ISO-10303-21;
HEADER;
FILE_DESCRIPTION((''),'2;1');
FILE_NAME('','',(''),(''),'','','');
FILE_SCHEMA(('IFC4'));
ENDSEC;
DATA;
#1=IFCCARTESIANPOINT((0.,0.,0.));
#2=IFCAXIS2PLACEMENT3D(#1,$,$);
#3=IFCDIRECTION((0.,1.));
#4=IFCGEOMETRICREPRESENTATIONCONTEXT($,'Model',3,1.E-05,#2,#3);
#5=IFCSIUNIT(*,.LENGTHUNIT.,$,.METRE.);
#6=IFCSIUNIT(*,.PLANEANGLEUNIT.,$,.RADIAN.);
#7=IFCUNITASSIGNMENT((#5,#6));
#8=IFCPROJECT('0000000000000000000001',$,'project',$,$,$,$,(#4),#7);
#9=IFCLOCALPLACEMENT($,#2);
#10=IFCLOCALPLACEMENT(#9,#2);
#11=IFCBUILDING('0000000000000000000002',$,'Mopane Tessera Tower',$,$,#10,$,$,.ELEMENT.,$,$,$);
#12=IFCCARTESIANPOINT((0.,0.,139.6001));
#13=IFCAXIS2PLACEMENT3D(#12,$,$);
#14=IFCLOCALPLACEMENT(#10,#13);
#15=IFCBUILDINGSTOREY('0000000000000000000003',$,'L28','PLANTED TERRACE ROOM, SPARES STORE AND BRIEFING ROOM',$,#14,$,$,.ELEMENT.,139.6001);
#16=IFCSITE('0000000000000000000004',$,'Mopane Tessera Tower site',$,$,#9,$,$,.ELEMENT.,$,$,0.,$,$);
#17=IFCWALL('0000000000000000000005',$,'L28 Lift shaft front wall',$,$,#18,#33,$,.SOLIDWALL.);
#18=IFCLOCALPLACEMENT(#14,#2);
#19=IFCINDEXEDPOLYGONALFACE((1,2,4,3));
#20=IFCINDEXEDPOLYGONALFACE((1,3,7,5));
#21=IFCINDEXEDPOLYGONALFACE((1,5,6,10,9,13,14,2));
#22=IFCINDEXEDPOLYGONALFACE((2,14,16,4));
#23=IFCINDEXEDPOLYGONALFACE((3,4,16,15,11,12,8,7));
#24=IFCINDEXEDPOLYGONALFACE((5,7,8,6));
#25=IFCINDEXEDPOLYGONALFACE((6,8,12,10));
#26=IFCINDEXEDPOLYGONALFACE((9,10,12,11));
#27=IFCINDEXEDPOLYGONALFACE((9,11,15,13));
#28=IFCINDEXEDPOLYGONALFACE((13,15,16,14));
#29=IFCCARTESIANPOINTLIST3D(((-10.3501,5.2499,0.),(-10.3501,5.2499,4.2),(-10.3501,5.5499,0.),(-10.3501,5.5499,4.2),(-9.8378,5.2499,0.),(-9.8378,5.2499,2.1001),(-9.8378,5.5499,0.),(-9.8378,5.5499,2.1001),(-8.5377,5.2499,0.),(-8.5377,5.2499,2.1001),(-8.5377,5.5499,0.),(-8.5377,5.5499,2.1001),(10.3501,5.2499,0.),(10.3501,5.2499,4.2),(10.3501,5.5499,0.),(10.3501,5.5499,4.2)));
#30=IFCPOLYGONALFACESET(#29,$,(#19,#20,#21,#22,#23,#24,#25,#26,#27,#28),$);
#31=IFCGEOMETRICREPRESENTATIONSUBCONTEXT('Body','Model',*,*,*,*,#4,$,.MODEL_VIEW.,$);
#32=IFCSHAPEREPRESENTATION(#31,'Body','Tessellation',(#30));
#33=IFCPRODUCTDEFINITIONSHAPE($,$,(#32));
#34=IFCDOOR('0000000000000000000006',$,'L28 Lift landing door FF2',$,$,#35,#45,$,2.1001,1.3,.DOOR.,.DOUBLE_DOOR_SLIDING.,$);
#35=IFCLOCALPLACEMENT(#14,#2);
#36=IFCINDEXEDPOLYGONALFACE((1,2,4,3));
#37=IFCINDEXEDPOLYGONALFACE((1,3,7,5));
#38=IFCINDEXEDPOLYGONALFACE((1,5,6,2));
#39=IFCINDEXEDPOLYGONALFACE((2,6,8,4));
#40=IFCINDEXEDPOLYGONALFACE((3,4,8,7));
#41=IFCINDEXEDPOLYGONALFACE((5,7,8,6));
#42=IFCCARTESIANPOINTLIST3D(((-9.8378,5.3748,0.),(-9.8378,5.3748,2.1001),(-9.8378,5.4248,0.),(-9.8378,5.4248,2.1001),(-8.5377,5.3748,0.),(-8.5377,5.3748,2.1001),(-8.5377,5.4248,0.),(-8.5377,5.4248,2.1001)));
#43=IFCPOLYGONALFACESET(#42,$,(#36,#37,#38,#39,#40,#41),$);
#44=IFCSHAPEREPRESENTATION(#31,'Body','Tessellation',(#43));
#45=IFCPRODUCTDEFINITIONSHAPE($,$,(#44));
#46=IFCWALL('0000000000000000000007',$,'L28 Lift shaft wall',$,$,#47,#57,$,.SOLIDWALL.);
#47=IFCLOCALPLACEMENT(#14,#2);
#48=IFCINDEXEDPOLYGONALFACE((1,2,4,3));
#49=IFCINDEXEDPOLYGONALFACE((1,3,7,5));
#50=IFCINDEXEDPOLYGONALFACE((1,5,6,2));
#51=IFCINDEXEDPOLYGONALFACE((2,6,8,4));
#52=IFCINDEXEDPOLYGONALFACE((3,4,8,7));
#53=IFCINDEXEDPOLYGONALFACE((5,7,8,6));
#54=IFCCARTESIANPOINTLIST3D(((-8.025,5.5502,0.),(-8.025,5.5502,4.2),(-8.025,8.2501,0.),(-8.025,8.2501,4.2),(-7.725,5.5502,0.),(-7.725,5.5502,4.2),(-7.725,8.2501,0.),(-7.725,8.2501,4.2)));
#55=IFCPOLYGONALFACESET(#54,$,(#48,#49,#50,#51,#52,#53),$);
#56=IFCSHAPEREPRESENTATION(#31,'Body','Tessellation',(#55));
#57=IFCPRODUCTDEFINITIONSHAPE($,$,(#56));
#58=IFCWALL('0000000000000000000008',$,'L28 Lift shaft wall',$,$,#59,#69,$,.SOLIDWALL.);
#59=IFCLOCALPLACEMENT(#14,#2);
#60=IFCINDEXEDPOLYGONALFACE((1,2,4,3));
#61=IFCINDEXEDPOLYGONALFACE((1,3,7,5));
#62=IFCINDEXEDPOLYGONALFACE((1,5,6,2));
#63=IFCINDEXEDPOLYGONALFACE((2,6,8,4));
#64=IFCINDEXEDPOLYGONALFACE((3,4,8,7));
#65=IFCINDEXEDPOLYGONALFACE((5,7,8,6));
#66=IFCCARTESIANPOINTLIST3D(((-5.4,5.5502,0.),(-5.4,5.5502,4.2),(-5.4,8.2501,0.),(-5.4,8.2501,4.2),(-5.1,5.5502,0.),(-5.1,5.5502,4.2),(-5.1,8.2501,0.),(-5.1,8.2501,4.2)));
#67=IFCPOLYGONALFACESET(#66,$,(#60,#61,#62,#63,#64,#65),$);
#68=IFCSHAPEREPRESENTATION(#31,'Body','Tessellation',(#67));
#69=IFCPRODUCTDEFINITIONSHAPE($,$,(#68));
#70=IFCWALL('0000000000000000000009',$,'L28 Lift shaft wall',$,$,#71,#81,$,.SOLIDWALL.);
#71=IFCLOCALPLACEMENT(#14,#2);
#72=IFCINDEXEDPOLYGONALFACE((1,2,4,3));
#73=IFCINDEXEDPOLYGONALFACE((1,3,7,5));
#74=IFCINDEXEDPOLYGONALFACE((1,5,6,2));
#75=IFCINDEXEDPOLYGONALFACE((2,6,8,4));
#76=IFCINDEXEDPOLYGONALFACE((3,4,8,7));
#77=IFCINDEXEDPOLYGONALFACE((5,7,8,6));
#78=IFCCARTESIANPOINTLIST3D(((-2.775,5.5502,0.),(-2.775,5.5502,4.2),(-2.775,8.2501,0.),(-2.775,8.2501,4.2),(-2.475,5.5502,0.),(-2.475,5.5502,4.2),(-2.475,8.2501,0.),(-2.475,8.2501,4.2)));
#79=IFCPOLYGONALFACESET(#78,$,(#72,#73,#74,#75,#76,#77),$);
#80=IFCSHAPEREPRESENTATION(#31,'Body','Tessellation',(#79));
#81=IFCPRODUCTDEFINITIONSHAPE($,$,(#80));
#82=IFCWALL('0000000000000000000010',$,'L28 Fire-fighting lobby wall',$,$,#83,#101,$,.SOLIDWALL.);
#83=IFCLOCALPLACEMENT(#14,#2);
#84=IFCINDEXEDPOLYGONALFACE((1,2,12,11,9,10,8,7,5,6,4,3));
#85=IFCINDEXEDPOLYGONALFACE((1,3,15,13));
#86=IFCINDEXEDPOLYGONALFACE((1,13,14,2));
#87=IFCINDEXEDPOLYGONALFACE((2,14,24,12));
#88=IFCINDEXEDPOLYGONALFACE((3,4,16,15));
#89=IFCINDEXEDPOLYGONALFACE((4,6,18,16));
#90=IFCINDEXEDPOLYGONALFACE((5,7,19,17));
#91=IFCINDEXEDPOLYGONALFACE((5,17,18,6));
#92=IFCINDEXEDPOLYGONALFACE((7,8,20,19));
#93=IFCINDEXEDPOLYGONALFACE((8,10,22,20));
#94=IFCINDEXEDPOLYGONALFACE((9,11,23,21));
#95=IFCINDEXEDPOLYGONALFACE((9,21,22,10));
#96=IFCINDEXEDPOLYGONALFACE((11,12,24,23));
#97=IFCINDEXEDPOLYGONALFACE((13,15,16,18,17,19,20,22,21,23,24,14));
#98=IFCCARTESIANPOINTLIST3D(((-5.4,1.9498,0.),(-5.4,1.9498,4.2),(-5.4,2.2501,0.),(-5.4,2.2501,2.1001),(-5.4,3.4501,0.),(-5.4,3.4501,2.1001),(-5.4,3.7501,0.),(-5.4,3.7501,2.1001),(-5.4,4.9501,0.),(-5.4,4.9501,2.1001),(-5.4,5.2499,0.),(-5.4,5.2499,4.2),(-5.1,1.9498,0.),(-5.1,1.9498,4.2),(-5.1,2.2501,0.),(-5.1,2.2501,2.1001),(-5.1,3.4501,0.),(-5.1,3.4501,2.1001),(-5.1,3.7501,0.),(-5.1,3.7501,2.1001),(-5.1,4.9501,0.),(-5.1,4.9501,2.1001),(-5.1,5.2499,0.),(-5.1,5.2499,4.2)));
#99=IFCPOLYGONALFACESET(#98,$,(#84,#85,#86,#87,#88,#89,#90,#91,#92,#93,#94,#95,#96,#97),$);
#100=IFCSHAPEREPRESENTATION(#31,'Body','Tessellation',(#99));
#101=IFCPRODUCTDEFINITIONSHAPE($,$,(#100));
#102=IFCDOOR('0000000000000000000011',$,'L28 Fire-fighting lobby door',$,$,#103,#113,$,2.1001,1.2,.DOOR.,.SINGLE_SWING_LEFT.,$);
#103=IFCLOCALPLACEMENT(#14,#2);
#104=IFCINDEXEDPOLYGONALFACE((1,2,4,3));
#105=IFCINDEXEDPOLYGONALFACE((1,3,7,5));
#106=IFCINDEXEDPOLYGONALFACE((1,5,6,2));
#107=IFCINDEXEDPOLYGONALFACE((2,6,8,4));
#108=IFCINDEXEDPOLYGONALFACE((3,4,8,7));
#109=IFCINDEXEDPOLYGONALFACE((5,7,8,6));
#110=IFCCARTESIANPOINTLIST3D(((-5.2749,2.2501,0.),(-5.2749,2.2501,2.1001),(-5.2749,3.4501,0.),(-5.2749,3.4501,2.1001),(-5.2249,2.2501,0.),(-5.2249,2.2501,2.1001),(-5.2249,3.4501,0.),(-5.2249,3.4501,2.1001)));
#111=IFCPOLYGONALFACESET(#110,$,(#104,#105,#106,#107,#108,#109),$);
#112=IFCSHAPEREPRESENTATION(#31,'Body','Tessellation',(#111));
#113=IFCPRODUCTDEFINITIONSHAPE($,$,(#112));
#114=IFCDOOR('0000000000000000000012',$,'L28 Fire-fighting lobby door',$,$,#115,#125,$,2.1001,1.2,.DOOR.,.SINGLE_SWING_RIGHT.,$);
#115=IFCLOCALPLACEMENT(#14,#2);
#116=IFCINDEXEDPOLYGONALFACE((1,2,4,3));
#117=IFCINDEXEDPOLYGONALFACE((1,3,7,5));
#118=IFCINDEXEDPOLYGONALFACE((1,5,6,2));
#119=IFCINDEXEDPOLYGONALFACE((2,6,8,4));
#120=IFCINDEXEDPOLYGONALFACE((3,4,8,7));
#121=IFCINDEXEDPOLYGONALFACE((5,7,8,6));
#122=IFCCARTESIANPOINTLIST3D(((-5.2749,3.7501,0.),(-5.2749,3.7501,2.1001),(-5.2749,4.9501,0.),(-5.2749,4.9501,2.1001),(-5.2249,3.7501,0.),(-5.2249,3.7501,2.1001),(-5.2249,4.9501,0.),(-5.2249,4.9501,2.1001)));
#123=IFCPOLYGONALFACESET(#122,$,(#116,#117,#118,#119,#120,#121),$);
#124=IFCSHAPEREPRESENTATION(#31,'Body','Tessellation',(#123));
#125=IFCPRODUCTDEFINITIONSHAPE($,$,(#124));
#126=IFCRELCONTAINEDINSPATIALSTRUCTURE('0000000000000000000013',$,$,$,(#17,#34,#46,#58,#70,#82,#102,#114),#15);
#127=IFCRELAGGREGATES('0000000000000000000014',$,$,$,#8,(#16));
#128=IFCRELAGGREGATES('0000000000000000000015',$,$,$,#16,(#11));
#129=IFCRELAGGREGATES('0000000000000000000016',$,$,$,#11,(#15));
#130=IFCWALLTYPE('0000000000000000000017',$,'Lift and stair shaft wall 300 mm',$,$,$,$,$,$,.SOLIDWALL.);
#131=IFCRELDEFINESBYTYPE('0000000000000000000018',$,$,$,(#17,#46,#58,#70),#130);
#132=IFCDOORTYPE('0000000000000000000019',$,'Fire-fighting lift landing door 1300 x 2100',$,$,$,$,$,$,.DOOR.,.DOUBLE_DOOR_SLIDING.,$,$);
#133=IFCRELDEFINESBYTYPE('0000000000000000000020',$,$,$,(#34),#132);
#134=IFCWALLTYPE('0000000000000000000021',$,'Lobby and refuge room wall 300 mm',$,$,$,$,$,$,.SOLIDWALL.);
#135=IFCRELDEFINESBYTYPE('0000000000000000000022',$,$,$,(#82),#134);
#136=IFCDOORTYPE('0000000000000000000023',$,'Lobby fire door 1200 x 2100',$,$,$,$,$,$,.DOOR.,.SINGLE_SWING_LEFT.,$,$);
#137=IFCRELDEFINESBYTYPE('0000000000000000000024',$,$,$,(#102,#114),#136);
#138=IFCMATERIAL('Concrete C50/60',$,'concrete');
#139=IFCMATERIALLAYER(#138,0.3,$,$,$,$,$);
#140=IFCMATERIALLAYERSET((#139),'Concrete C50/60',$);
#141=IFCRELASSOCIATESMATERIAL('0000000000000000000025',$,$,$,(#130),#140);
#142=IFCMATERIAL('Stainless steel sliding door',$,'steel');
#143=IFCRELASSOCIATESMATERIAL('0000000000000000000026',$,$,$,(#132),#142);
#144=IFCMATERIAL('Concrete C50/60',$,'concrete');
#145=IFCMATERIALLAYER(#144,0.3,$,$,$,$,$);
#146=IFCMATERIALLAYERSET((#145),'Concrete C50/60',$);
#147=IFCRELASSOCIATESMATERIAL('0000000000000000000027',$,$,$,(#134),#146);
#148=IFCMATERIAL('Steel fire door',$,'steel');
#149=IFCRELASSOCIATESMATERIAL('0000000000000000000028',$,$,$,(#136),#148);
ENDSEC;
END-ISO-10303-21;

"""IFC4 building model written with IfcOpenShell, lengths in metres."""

from ifc_helpers import new_model, si_unit, direction, frame, frame_2d, origin, place, context, subcontext, project, spatial, rectangle, extrude, material, layer, layer_set, type_object, element, fill, save


model = new_model("IFC4")

# Units and contexts
model_context = context("Model", 3, precision=1e-05, world=origin(), true_north=direction((0.0, 1.0)))
body_context = subcontext(model_context, "Body", "Model", "MODEL_VIEW")
ifc_project = project(units=[si_unit("LENGTHUNIT", "METRE"), si_unit("PLANEANGLEUNIT", "RADIAN")], contexts=[model_context])

# Site, building, storey
site_placement = place(None, origin())
site = spatial("IfcSite", under=ifc_project, at=site_placement, Name="Mopane Tessera Tower site", CompositionType="ELEMENT", RefElevation=0.0)
building_placement = place(site_placement, origin())
building = spatial("IfcBuilding", under=site, at=building_placement, Name="Mopane Tessera Tower", CompositionType="ELEMENT")
storey_placement = place(building_placement, frame((0.0, 0.0, 139.6001)))
storey = spatial("IfcBuildingStorey", under=building, at=storey_placement, Name="L28", Description="PLANTED TERRACE ROOM, SPARES STORE AND BRIEFING ROOM", CompositionType="ELEMENT", Elevation=139.6001)

# Shared definitions
ifc_material_1 = material(Name="Concrete C50/60", Category="concrete")
ifc_layer_1 = layer(ifc_material_1, 0.3)
ifc_layer_set_1 = layer_set([ifc_layer_1], Name="Concrete C50/60")
wall_type_1 = type_object("IfcWallType", Name="Lift and stair shaft wall 300 mm", PredefinedType="SOLIDWALL", material=ifc_layer_set_1)
ifc_material_2 = material(Name="Stainless steel sliding door", Category="steel")
door_type_1 = type_object("IfcDoorType", Name="Fire-fighting lift landing door 1300 x 2100", OperationType="DOUBLE_DOOR_SLIDING", PredefinedType="DOOR", material=ifc_material_2)

# Wall, opening, door
wall_1_placement = place(storey_placement, frame((-10.3501, 5.3999, 0.0), z_axis=(0.0, 0.0, 1.0), x_axis=(1.0, 0.0, 0.0)))
wall_1 = element("IfcWall", 1, at=wall_1_placement, inside=storey, type_object=wall_type_1, Name="L28 Lift shaft front wall", PredefinedType="SOLIDWALL", context=body_context, shape_type="SweptSolid", body=[
    extrude(rectangle(XDim=20.7002, YDim=0.3, at=frame_2d((10.3501, 0.0))), origin(), (0.0, 0.0, 1.0), 4.2),
])
opening_1_placement = place(wall_1_placement, frame((0.5125, 0.0, 0.0)))
opening_1 = element("IfcOpeningElement", 2, at=opening_1_placement, cuts=wall_1, PredefinedType="OPENING", context=body_context, shape_type="SweptSolid", body=[
    extrude(rectangle(XDim=1.3, YDim=2.1001, at=frame_2d((0.6499, 1.05))), frame((0.0, 0.1621, 0.0), z_axis=(0.0, -1.0, 0.0), x_axis=(1.0, 0.0, 0.0)), (0.0, 0.0, 1.0), 0.324),
])
door_1_placement = place(opening_1_placement, origin())
door_1 = element("IfcDoor", 3, at=door_1_placement, inside=storey, type_object=door_type_1, Name="L28 Lift landing door FF2", OperationType="DOUBLE_DOOR_SLIDING", OverallHeight=2.1001, OverallWidth=1.3, PredefinedType="DOOR", context=body_context, shape_type="SweptSolid", body=[
    extrude(rectangle(XDim=1.3, YDim=2.1001, at=frame_2d((0.6499, 1.05))), frame((0.0, 0.0249, 0.0), z_axis=(0.0, -1.0, 0.0), x_axis=(1.0, 0.0, 0.0)), (0.0, 0.0, 1.0), 0.05),
])
fill(opening_1, door_1)

# Walls
for number, where, z_axis, x_axis, name in (
    (4, (-7.875, 5.55, 0.0), (0.0, 0.0, 1.0), (0.0, 1.0, 0.0), "L28 Lift shaft wall"),
    (5, (-5.25, 5.55, 0.0), (0.0, 0.0, 1.0), (0.0, 1.0, 0.0), "L28 Lift shaft wall"),
    (6, (-2.625, 5.55, 0.0), (0.0, 0.0, 1.0), (0.0, 1.0, 0.0), "L28 Lift shaft wall"),
):
    element("IfcWall", number, at=place(storey_placement, frame(where, z_axis=z_axis, x_axis=x_axis)), inside=storey, type_object=wall_type_1, Name=name, PredefinedType="SOLIDWALL", context=body_context, shape_type="SweptSolid", body=[
        extrude(rectangle(XDim=2.7, YDim=0.3, at=frame_2d((1.3501, 0.0))), origin(), (0.0, 0.0, 1.0), 4.2),
    ])

# Wall, openings, doors
ifc_material_3 = material(Name="Concrete C50/60", Category="concrete")
ifc_layer_2 = layer(ifc_material_3, 0.3)
ifc_layer_set_2 = layer_set([ifc_layer_2], Name="Concrete C50/60")
wall_type_2 = type_object("IfcWallType", Name="Lobby and refuge room wall 300 mm", PredefinedType="SOLIDWALL", material=ifc_layer_set_2)
wall_2_placement = place(storey_placement, frame((-5.25, 1.95, 0.0), z_axis=(0.0, 0.0, 1.0), x_axis=(0.0, 1.0, 0.0)))
wall_2 = element("IfcWall", 7, at=wall_2_placement, inside=storey, type_object=wall_type_2, Name="L28 Fire-fighting lobby wall", PredefinedType="SOLIDWALL", context=body_context, shape_type="SweptSolid", body=[
    extrude(rectangle(XDim=3.3, YDim=0.3, at=frame_2d((1.6499, 0.0))), origin(), (0.0, 0.0, 1.0), 4.2),
])
opening_2_placement = place(wall_2_placement, frame((0.3, 0.0, 0.0)))
opening_2 = element("IfcOpeningElement", 8, at=opening_2_placement, cuts=wall_2, PredefinedType="OPENING", context=body_context, shape_type="SweptSolid", body=[
    extrude(rectangle(XDim=1.2, YDim=2.1001, at=frame_2d((0.6001, 1.05))), frame((0.0, 0.1621, 0.0), z_axis=(0.0, -1.0, 0.0), x_axis=(1.0, 0.0, 0.0)), (0.0, 0.0, 1.0), 0.324),
])
opening_3_placement = place(wall_2_placement, frame((1.8, 0.0, 0.0)))
opening_3 = element("IfcOpeningElement", 9, at=opening_3_placement, cuts=wall_2, PredefinedType="OPENING", context=body_context, shape_type="SweptSolid", body=[
    extrude(rectangle(XDim=1.2, YDim=2.1001, at=frame_2d((0.6001, 1.05))), frame((0.0, 0.1621, 0.0), z_axis=(0.0, -1.0, 0.0), x_axis=(1.0, 0.0, 0.0)), (0.0, 0.0, 1.0), 0.324),
])
ifc_material_4 = material(Name="Steel fire door", Category="steel")
door_type_2 = type_object("IfcDoorType", Name="Lobby fire door 1200 x 2100", OperationType="SINGLE_SWING_LEFT", PredefinedType="DOOR", material=ifc_material_4)
door_2_placement = place(opening_2_placement, origin())
door_2 = element("IfcDoor", 10, at=door_2_placement, inside=storey, type_object=door_type_2, Name="L28 Fire-fighting lobby door", OperationType="SINGLE_SWING_LEFT", OverallHeight=2.1001, OverallWidth=1.2, PredefinedType="DOOR", context=body_context, shape_type="SweptSolid", body=[
    extrude(rectangle(XDim=1.2, YDim=2.1001, at=frame_2d((0.6001, 1.05))), frame((0.0, 0.0249, 0.0), z_axis=(0.0, -1.0, 0.0), x_axis=(1.0, 0.0, 0.0)), (0.0, 0.0, 1.0), 0.05),
])
fill(opening_2, door_2)
door_3_placement = place(opening_3_placement, origin())
door_3 = element("IfcDoor", 11, at=door_3_placement, inside=storey, type_object=door_type_2, Name="L28 Fire-fighting lobby door", OperationType="SINGLE_SWING_RIGHT", OverallHeight=2.1001, OverallWidth=1.2, PredefinedType="DOOR", context=body_context, shape_type="SweptSolid", body=[
    extrude(rectangle(XDim=1.2, YDim=2.1001, at=frame_2d((0.6001, 1.05))), frame((0.0, 0.0249, 0.0), z_axis=(0.0, -1.0, 0.0), x_axis=(1.0, 0.0, 0.0)), (0.0, 0.0, 1.0), 0.05),
])
fill(opening_3, door_3)

save(model, "model.ifc")
